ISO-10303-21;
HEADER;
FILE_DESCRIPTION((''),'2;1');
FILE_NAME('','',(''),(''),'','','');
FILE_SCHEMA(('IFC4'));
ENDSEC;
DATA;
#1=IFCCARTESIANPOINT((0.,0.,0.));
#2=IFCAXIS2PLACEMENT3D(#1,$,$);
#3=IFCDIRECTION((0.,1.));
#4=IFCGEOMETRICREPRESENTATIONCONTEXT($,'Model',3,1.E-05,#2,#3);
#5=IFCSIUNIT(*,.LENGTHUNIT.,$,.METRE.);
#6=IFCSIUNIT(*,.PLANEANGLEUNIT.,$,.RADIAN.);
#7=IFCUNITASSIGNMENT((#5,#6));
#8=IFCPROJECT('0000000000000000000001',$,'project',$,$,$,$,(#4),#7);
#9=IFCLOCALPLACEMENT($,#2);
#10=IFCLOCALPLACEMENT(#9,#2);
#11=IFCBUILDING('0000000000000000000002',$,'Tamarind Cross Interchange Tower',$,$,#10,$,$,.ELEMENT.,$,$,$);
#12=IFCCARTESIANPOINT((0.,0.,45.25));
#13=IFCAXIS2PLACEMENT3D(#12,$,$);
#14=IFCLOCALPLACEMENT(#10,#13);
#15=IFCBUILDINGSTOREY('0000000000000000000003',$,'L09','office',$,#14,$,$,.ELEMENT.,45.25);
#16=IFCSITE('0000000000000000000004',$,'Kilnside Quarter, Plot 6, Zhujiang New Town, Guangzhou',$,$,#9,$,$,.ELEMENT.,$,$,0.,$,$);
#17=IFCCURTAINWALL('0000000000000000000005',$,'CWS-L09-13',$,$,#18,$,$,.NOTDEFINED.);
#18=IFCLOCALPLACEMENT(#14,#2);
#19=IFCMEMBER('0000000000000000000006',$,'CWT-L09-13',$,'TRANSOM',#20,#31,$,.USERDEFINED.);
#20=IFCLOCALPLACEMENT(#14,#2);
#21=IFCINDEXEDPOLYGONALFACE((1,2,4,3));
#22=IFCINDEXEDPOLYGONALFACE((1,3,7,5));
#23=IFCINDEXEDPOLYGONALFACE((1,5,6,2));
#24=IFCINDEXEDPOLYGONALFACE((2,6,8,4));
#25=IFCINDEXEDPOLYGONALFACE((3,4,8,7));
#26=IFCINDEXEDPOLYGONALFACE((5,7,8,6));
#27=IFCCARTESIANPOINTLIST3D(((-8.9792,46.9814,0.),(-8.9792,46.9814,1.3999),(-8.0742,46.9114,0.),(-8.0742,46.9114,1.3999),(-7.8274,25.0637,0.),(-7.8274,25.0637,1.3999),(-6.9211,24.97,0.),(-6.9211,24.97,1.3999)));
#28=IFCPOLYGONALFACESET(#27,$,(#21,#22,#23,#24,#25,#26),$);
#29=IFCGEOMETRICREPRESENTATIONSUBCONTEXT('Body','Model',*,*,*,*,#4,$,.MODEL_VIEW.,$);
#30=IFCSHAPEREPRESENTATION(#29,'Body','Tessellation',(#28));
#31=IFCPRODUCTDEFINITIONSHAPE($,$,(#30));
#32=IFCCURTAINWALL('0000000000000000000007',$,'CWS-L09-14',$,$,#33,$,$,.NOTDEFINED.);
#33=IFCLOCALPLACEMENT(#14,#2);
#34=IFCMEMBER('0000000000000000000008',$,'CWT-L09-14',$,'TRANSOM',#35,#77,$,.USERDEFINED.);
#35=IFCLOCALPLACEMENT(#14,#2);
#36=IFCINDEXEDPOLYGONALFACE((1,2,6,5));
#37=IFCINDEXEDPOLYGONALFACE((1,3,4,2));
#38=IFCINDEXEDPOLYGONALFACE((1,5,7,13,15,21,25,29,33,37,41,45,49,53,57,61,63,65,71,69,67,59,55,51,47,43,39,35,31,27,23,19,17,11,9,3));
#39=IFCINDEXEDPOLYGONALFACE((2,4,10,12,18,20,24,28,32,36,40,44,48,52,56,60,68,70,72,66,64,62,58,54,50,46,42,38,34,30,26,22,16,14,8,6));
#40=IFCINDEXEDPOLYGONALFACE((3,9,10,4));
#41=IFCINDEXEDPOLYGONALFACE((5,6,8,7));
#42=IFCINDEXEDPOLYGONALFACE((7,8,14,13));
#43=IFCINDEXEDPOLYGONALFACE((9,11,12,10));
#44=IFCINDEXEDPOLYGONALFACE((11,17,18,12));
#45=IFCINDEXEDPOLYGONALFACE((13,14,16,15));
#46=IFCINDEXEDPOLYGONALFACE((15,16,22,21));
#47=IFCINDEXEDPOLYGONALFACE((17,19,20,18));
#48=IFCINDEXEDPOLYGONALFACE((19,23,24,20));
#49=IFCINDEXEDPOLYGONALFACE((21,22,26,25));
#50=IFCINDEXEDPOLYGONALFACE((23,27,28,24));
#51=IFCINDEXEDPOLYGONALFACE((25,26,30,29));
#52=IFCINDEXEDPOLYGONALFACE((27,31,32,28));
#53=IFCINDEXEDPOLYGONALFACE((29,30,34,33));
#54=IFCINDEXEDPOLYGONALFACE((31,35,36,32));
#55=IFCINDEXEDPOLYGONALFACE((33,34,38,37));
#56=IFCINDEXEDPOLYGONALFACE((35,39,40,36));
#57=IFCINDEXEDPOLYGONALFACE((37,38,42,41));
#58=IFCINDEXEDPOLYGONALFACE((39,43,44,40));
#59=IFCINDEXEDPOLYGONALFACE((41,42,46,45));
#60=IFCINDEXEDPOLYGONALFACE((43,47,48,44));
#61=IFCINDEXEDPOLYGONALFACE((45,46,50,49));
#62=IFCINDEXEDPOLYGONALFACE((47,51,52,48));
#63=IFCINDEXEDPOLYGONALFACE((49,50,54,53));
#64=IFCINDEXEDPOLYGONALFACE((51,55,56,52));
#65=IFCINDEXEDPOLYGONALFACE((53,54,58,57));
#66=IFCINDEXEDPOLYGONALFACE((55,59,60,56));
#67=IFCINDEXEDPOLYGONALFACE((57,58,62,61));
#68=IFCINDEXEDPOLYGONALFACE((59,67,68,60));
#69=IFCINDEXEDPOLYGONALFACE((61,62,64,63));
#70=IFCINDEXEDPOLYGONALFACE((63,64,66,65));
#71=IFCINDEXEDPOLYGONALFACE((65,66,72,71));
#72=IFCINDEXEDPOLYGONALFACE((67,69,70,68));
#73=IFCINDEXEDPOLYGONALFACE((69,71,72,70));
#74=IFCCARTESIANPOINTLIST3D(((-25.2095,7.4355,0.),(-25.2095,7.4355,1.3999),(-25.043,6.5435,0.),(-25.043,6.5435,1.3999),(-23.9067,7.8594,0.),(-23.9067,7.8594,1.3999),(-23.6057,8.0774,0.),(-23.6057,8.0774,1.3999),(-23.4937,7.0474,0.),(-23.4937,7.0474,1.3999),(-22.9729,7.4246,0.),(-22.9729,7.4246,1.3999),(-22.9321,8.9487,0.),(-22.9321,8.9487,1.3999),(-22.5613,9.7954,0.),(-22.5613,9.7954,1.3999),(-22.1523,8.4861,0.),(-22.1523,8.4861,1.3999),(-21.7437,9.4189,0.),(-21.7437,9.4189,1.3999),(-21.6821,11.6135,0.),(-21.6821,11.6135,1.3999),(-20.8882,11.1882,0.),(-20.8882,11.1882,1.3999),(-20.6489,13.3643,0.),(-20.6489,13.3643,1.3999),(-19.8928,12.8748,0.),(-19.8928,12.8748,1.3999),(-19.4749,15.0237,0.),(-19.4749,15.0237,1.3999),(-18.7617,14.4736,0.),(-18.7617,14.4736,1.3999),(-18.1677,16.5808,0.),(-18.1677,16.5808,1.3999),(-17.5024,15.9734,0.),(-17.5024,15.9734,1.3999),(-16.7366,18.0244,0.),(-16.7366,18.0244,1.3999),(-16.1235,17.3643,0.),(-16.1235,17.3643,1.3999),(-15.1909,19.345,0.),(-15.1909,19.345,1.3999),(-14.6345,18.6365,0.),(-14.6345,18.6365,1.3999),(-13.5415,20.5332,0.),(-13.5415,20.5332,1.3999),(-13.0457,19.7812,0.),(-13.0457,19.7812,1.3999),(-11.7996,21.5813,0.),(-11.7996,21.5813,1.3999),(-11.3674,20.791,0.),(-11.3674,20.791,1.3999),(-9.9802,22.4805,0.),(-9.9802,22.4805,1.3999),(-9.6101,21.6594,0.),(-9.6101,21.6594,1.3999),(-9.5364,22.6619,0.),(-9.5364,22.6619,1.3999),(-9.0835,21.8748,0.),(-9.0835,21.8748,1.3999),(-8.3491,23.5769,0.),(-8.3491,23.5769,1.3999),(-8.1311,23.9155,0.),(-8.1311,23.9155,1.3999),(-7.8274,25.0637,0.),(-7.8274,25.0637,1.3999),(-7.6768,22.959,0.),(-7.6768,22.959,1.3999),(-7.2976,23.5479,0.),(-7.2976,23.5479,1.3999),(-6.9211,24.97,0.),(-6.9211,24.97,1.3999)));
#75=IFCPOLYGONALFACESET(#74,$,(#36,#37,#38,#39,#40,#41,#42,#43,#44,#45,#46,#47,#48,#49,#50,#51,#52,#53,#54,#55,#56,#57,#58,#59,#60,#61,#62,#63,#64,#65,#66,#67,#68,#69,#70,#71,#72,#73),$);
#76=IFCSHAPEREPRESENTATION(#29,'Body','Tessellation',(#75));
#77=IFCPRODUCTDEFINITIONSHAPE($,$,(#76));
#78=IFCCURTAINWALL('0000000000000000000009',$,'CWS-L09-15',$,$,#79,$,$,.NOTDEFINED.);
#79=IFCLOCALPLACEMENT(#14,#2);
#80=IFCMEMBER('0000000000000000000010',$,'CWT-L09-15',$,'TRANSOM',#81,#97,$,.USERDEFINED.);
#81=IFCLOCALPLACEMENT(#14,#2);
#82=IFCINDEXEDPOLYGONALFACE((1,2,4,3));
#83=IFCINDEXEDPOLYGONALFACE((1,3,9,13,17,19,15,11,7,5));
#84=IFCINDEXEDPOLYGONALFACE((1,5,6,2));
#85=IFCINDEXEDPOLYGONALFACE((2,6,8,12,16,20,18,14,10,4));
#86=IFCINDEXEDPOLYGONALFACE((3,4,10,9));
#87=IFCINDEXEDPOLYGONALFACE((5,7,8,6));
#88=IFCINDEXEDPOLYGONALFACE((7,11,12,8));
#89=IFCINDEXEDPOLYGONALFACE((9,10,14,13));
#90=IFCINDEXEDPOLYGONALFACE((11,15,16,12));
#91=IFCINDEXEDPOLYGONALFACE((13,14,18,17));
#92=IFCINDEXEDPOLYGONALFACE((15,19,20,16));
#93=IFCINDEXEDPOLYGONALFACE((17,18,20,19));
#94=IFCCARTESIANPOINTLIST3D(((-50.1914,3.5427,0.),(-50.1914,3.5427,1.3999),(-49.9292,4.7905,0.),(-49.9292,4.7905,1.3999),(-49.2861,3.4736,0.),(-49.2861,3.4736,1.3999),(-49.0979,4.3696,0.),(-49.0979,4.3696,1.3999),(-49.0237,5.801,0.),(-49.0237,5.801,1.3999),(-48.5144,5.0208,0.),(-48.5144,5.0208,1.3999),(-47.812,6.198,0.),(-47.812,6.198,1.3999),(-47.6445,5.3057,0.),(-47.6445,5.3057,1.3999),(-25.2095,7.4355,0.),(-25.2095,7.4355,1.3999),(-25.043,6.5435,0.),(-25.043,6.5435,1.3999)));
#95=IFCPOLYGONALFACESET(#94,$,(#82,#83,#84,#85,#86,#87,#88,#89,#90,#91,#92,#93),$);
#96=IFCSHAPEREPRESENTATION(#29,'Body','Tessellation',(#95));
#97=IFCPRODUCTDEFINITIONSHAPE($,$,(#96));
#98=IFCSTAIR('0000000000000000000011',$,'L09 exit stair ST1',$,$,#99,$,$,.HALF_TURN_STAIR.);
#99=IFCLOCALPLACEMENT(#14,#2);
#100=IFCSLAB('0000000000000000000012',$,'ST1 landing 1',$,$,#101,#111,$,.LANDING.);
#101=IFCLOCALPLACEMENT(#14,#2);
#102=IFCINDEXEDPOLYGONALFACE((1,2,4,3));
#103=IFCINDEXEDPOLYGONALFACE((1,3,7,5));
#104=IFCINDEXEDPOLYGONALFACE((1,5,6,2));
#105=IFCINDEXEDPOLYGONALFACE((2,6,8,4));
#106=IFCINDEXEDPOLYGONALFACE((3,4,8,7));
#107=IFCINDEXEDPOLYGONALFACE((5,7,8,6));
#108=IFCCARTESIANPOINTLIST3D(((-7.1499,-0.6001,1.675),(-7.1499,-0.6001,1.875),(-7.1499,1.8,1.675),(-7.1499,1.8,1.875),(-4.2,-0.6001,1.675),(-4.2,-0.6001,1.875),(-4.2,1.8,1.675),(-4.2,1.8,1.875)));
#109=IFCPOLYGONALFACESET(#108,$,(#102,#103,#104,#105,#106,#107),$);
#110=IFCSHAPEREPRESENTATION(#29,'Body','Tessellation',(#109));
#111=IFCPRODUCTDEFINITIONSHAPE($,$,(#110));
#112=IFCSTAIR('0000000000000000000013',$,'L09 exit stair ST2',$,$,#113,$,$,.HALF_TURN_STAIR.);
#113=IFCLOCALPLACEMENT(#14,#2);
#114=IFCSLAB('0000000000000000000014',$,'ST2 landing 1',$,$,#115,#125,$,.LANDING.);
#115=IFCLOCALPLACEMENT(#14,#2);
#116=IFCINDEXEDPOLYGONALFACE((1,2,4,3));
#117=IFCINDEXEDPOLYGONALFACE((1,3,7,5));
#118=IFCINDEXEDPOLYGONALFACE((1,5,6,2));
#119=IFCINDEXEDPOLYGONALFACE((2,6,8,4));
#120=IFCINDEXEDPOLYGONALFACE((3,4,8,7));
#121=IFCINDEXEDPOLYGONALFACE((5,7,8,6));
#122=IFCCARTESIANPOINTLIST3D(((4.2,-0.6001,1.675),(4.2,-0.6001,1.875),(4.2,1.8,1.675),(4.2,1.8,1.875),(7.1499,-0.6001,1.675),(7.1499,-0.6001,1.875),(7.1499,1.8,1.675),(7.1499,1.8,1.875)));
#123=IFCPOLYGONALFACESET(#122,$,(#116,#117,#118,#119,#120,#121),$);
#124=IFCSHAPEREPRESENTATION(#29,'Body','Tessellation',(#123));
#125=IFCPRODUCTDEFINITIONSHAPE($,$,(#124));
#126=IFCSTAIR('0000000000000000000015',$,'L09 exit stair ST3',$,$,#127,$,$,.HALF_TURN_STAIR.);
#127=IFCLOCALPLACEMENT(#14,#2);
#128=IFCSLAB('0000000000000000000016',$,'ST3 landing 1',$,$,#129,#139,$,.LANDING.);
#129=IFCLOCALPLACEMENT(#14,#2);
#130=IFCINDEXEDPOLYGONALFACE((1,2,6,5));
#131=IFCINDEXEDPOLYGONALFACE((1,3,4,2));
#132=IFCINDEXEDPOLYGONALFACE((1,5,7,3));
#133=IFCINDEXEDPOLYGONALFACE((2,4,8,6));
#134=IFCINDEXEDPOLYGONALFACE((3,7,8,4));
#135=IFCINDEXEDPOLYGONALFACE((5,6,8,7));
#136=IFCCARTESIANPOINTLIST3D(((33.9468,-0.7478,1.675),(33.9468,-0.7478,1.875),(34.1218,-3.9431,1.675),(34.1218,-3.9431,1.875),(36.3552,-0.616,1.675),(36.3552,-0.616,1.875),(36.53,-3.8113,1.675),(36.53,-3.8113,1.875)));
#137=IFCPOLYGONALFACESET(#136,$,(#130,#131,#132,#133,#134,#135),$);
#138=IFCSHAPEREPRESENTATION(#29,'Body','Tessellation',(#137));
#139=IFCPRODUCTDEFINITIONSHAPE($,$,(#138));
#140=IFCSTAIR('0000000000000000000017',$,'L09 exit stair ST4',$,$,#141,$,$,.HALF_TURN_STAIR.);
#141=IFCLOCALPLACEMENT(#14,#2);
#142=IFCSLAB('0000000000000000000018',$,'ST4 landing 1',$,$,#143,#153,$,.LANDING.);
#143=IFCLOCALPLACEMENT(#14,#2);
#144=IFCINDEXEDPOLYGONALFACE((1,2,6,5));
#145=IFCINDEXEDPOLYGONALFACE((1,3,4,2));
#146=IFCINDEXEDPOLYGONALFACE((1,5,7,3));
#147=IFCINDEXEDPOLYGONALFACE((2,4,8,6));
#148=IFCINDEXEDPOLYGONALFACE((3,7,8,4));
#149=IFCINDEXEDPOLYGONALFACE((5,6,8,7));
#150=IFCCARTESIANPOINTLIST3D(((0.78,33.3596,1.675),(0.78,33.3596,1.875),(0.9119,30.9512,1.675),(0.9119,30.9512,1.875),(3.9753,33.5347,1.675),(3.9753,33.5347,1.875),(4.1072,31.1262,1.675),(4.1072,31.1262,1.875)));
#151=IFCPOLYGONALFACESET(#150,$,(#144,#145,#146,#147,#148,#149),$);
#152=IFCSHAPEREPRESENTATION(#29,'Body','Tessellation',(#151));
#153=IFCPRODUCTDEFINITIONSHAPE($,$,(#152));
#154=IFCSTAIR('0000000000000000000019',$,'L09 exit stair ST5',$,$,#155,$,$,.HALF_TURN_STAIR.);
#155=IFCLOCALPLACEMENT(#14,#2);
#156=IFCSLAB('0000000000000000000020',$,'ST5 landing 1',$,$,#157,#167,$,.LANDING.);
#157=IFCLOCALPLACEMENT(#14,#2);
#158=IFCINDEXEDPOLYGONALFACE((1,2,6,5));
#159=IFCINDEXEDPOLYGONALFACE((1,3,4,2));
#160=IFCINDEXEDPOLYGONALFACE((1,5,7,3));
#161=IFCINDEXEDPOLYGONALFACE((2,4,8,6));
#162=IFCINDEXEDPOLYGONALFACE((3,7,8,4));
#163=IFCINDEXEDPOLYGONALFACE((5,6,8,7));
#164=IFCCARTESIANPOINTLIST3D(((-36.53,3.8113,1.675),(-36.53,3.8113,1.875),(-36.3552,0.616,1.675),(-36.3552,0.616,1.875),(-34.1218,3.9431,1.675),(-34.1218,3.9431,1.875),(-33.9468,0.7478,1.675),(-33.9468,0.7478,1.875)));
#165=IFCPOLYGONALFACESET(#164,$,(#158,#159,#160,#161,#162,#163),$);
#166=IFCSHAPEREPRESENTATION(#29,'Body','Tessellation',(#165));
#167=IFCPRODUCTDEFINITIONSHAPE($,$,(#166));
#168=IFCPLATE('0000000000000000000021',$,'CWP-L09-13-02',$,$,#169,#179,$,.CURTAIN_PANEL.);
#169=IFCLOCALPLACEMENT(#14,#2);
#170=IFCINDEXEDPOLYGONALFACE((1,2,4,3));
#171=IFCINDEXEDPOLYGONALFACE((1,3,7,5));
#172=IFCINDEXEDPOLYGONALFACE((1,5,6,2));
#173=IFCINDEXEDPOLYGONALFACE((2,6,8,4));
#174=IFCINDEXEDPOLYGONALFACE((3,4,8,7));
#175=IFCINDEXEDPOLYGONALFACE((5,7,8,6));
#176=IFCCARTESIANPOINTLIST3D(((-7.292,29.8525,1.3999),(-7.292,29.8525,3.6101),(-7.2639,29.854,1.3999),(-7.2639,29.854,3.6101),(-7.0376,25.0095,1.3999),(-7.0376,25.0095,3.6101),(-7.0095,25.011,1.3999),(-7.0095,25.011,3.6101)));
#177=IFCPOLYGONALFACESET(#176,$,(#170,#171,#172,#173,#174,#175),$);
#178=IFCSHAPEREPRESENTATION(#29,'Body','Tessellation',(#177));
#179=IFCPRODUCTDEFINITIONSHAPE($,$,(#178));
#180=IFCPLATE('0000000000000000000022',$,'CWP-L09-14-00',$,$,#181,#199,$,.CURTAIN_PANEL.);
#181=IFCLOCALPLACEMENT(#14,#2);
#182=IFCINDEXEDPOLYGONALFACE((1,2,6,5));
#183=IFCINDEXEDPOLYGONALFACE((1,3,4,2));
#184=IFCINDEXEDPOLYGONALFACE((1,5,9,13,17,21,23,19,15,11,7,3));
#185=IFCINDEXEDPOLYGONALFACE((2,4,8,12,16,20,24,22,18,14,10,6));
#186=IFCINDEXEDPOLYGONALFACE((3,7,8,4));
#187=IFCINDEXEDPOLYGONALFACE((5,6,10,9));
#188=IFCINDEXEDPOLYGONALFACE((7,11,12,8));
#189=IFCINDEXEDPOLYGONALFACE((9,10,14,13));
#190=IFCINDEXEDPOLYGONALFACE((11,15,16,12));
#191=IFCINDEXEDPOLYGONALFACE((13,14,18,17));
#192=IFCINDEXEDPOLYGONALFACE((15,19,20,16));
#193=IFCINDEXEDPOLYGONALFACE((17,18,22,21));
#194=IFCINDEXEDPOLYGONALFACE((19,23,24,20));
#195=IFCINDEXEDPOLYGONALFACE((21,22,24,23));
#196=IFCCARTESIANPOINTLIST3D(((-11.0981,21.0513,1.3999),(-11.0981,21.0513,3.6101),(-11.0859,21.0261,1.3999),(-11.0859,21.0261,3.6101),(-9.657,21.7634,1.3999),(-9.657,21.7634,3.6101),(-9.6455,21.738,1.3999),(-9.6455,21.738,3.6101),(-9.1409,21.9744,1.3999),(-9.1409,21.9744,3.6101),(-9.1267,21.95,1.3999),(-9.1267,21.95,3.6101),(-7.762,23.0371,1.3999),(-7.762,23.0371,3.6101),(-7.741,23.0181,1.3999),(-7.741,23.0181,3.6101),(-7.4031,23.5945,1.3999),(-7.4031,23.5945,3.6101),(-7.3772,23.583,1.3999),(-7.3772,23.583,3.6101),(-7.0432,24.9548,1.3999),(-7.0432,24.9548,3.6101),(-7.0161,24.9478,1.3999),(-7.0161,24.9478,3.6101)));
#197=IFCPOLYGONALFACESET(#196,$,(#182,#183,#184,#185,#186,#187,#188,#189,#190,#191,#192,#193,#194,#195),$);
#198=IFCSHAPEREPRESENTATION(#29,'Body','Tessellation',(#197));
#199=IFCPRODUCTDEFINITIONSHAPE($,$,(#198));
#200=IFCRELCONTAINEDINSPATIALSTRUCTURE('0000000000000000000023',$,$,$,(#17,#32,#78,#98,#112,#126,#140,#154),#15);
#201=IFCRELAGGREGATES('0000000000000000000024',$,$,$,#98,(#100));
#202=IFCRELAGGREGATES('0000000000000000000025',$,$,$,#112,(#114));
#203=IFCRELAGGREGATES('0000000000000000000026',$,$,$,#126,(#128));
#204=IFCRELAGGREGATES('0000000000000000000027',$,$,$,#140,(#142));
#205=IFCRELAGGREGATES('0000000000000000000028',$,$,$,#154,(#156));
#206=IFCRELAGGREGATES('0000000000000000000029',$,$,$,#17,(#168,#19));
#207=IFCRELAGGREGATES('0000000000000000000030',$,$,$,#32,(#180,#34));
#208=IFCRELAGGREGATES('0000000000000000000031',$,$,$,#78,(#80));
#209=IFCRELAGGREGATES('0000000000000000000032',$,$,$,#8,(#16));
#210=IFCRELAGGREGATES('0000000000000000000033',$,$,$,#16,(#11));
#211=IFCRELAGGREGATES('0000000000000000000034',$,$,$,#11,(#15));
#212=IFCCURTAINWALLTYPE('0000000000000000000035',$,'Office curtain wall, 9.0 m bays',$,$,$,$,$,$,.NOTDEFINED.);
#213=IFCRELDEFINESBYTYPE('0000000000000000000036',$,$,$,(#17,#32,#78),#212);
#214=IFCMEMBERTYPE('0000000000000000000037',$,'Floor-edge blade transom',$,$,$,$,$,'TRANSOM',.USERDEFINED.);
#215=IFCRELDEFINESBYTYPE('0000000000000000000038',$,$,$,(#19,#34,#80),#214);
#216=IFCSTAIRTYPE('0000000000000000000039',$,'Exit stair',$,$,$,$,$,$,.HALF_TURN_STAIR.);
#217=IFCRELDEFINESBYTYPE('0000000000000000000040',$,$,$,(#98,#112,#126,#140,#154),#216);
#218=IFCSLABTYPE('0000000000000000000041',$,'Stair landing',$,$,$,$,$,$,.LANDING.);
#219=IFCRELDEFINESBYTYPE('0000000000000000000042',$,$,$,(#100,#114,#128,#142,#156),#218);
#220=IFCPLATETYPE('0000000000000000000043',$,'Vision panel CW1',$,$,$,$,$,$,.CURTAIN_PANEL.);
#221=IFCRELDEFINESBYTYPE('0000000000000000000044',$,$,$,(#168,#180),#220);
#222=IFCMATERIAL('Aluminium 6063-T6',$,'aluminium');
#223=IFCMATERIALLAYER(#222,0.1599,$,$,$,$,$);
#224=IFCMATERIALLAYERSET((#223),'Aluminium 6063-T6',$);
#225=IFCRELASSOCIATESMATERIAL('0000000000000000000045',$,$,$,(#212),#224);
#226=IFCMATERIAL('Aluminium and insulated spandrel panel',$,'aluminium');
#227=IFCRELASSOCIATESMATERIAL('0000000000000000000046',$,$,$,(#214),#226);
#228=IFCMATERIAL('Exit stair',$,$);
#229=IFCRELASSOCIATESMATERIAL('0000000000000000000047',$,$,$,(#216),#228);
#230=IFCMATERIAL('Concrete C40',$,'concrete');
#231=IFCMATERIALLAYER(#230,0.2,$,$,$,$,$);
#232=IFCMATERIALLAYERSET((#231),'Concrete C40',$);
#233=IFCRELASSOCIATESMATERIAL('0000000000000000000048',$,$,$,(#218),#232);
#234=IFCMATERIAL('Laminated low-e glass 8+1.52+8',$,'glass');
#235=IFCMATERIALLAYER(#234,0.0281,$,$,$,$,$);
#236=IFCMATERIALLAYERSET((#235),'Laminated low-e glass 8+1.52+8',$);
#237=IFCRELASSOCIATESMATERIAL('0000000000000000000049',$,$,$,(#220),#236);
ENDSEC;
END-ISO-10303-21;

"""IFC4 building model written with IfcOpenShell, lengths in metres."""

from ifc_helpers import new_model, si_unit, direction, frame, origin, place, context, subcontext, project, spatial, polyline, outline, extrude, material, layer, layer_set, type_object, element, aggregate, save


model = new_model("IFC4")

# Units and contexts
model_context = context("Model", 3, precision=1e-05, world=origin(), true_north=direction((0.0, 1.0)))
body_context = subcontext(model_context, "Body", "Model", "MODEL_VIEW")
ifc_project = project(units=[si_unit("LENGTHUNIT", "METRE"), si_unit("PLANEANGLEUNIT", "RADIAN")], contexts=[model_context])

# Site, building, storey
site_placement = place(None, origin())
site = spatial("IfcSite", under=ifc_project, at=site_placement, Name="Kilnside Quarter, Plot 6, Zhujiang New Town, Guangzhou", CompositionType="ELEMENT", RefElevation=0.0)
building_placement = place(site_placement, origin())
building = spatial("IfcBuilding", under=site, at=building_placement, Name="Tamarind Cross Interchange Tower", CompositionType="ELEMENT")
storey_placement = place(building_placement, frame((0.0, 0.0, 45.25)))
storey = spatial("IfcBuildingStorey", under=building, at=storey_placement, Name="L09", Description="office", CompositionType="ELEMENT", Elevation=45.25)

# Curtain walls, members
ifc_material_1 = material(Name="Aluminium 6063-T6", Category="aluminium")
ifc_layer_1 = layer(ifc_material_1, 0.1599)
ifc_layer_set_1 = layer_set([ifc_layer_1], Name="Aluminium 6063-T6")
curtain_wall_type = type_object("IfcCurtainWallType", Name="Office curtain wall, 9.0 m bays", PredefinedType="NOTDEFINED", material=ifc_layer_set_1)
curtain_wall_1_placement = place(storey_placement, origin())
curtain_wall_1 = element("IfcCurtainWall", 1, at=curtain_wall_1_placement, inside=storey, type_object=curtain_wall_type, Name="CWS-L09-13", PredefinedType="NOTDEFINED")
ifc_material_2 = material(Name="Aluminium and insulated spandrel panel", Category="aluminium")
member_type = type_object("IfcMemberType", Name="Floor-edge blade transom", ElementType="TRANSOM", PredefinedType="USERDEFINED", material=ifc_material_2)
member_1_placement = place(storey_placement, origin())
member_1 = element("IfcMember", 2, at=member_1_placement, type_object=member_type, Name="CWT-L09-13", ObjectType="TRANSOM", PredefinedType="USERDEFINED", context=body_context, shape_type="SweptSolid", body=[
    extrude(outline(polyline([(-8.0742, 46.9114), (-6.9211, 24.97), (-7.8274, 25.0637), (-8.9792, 46.9814), (-8.0742, 46.9114)])), origin(), (0.0, 0.0, 1.0), 1.3999),
])
curtain_wall_2_placement = place(storey_placement, origin())
curtain_wall_2 = element("IfcCurtainWall", 3, at=curtain_wall_2_placement, inside=storey, type_object=curtain_wall_type, Name="CWS-L09-14", PredefinedType="NOTDEFINED")
member_2_placement = place(storey_placement, origin())
member_2 = element("IfcMember", 4, at=member_2_placement, type_object=member_type, Name="CWT-L09-14", ObjectType="TRANSOM", PredefinedType="USERDEFINED", context=body_context, shape_type="SweptSolid", body=[
    extrude(outline(polyline([(-6.9211, 24.97), (-7.2976, 23.5479), (-7.6768, 22.959), (-9.0835, 21.8748), (-9.6101, 21.6594), (-11.3674, 20.791), (-13.0457, 19.7812), (-14.6345, 18.6365), (-16.1235, 17.3643), (-17.5024, 15.9734), (-18.7617, 14.4736), (-19.8928, 12.8748), (-20.8882, 11.1882), (-21.7437, 9.4189), (-22.1523, 8.4861), (-22.9729, 7.4246), (-23.4937, 7.0474), (-25.043, 6.5435), (-25.2095, 7.4355), (-23.9067, 7.8594), (-23.6057, 8.0774), (-22.9321, 8.9487), (-22.5613, 9.7954), (-21.6821, 11.6135), (-20.6489, 13.3643), (-19.4749, 15.0237), (-18.1677, 16.5808), (-16.7366, 18.0244), (-15.1909, 19.345), (-13.5415, 20.5332), (-11.7996, 21.5813), (-9.9802, 22.4805), (-9.5364, 22.6619), (-8.3491, 23.5769), (-8.1311, 23.9155), (-7.8274, 25.0637), (-6.9211, 24.97)])), origin(), (0.0, 0.0, 1.0), 1.3999),
])
curtain_wall_3_placement = place(storey_placement, origin())
curtain_wall_3 = element("IfcCurtainWall", 5, at=curtain_wall_3_placement, inside=storey, type_object=curtain_wall_type, Name="CWS-L09-15", PredefinedType="NOTDEFINED")
member_3_placement = place(storey_placement, origin())
member_3 = element("IfcMember", 6, at=member_3_placement, type_object=member_type, Name="CWT-L09-15", ObjectType="TRANSOM", PredefinedType="USERDEFINED", context=body_context, shape_type="SweptSolid", body=[
    extrude(outline(polyline([(-25.043, 6.5435), (-47.6445, 5.3057), (-48.5144, 5.0208), (-49.0979, 4.3696), (-49.2861, 3.4736), (-50.1914, 3.5427), (-49.9292, 4.7905), (-49.0237, 5.801), (-47.812, 6.198), (-25.2095, 7.4355), (-25.043, 6.5435)])), origin(), (0.0, 0.0, 1.0), 1.3999),
])

# Stairs, slabs
ifc_material_3 = material(Name="Exit stair")
stair_type = type_object("IfcStairType", Name="Exit stair", PredefinedType="HALF_TURN_STAIR", material=ifc_material_3)
stair_1_placement = place(storey_placement, origin())
stair_1 = element("IfcStair", 7, at=stair_1_placement, inside=storey, type_object=stair_type, Name="L09 exit stair ST1", PredefinedType="HALF_TURN_STAIR")
ifc_material_4 = material(Name="Concrete C40", Category="concrete")
ifc_layer_2 = layer(ifc_material_4, 0.2)
ifc_layer_set_2 = layer_set([ifc_layer_2], Name="Concrete C40")
slab_type = type_object("IfcSlabType", Name="Stair landing", PredefinedType="LANDING", material=ifc_layer_set_2)
slab_1_placement = place(storey_placement, frame((0.0, 0.0, 1.675)))
slab_1 = element("IfcSlab", 8, at=slab_1_placement, type_object=slab_type, Name="ST1 landing 1", PredefinedType="LANDING", context=body_context, shape_type="SweptSolid", body=[
    extrude(outline(polyline([(-4.2, -0.6001), (-4.2, 1.8), (-7.1499, 1.8), (-7.1499, -0.6001), (-4.2, -0.6001)])), origin(), (0.0, 0.0, 1.0), 0.2),
])
aggregate(stair_1, [slab_1])
stair_2_placement = place(storey_placement, origin())
stair_2 = element("IfcStair", 9, at=stair_2_placement, inside=storey, type_object=stair_type, Name="L09 exit stair ST2", PredefinedType="HALF_TURN_STAIR")
slab_2_placement = place(storey_placement, frame((0.0, 0.0, 1.675)))
slab_2 = element("IfcSlab", 10, at=slab_2_placement, type_object=slab_type, Name="ST2 landing 1", PredefinedType="LANDING", context=body_context, shape_type="SweptSolid", body=[
    extrude(outline(polyline([(7.1499, -0.6001), (7.1499, 1.8), (4.2, 1.8), (4.2, -0.6001), (7.1499, -0.6001)])), origin(), (0.0, 0.0, 1.0), 0.2),
])
aggregate(stair_2, [slab_2])
stair_3_placement = place(storey_placement, origin())
stair_3 = element("IfcStair", 11, at=stair_3_placement, inside=storey, type_object=stair_type, Name="L09 exit stair ST3", PredefinedType="HALF_TURN_STAIR")
slab_3_placement = place(storey_placement, frame((0.0, 0.0, 1.675)))
slab_3 = element("IfcSlab", 12, at=slab_3_placement, type_object=slab_type, Name="ST3 landing 1", PredefinedType="LANDING", context=body_context, shape_type="SweptSolid", body=[
    extrude(outline(polyline([(34.1218, -3.9431), (36.53, -3.8113), (36.3552, -0.616), (33.9468, -0.7478), (34.1218, -3.9431)])), origin(), (0.0, 0.0, 1.0), 0.2),
])
aggregate(stair_3, [slab_3])
stair_4_placement = place(storey_placement, origin())
stair_4 = element("IfcStair", 13, at=stair_4_placement, inside=storey, type_object=stair_type, Name="L09 exit stair ST4", PredefinedType="HALF_TURN_STAIR")
slab_4_placement = place(storey_placement, frame((0.0, 0.0, 1.675)))
slab_4 = element("IfcSlab", 14, at=slab_4_placement, type_object=slab_type, Name="ST4 landing 1", PredefinedType="LANDING", context=body_context, shape_type="SweptSolid", body=[
    extrude(outline(polyline([(4.1072, 31.1262), (3.9753, 33.5347), (0.78, 33.3596), (0.9119, 30.9512), (4.1072, 31.1262)])), origin(), (0.0, 0.0, 1.0), 0.2),
])
aggregate(stair_4, [slab_4])
stair_5_placement = place(storey_placement, origin())
stair_5 = element("IfcStair", 15, at=stair_5_placement, inside=storey, type_object=stair_type, Name="L09 exit stair ST5", PredefinedType="HALF_TURN_STAIR")
slab_5_placement = place(storey_placement, frame((0.0, 0.0, 1.675)))
slab_5 = element("IfcSlab", 16, at=slab_5_placement, type_object=slab_type, Name="ST5 landing 1", PredefinedType="LANDING", context=body_context, shape_type="SweptSolid", body=[
    extrude(outline(polyline([(-34.1218, 3.9431), (-36.53, 3.8113), (-36.3552, 0.616), (-33.9468, 0.7478), (-34.1218, 3.9431)])), origin(), (0.0, 0.0, 1.0), 0.2),
])
aggregate(stair_5, [slab_5])

# Plates
ifc_material_5 = material(Name="Laminated low-e glass 8+1.52+8", Category="glass")
ifc_layer_3 = layer(ifc_material_5, 0.0281)
ifc_layer_set_3 = layer_set([ifc_layer_3], Name="Laminated low-e glass 8+1.52+8")
plate_type = type_object("IfcPlateType", Name="Vision panel CW1", PredefinedType="CURTAIN_PANEL", material=ifc_layer_set_3)
plate_1_placement = place(storey_placement, frame((0.0, 0.0, 1.3999)))
plate_1 = element("IfcPlate", 17, at=plate_1_placement, type_object=plate_type, Name="CWP-L09-13-02", PredefinedType="CURTAIN_PANEL", context=body_context, shape_type="SweptSolid", body=[
    extrude(outline(polyline([(-7.2639, 29.854), (-7.0095, 25.011), (-7.0376, 25.0095), (-7.292, 29.8525), (-7.2639, 29.854)])), origin(), (0.0, 0.0, 1.0), 2.2102),
])
aggregate(curtain_wall_1, [plate_1, member_1])
plate_2_placement = place(storey_placement, frame((0.0, 0.0, 1.3999)))
plate_2 = element("IfcPlate", 18, at=plate_2_placement, type_object=plate_type, Name="CWP-L09-14-00", PredefinedType="CURTAIN_PANEL", context=body_context, shape_type="SweptSolid", body=[
    extrude(outline(polyline([(-7.0161, 24.9478), (-7.3772, 23.583), (-7.741, 23.0181), (-9.1267, 21.95), (-9.6455, 21.738), (-11.0859, 21.0261), (-11.0981, 21.0513), (-9.657, 21.7634), (-9.1409, 21.9744), (-7.762, 23.0371), (-7.4031, 23.5945), (-7.0432, 24.9548), (-7.0161, 24.9478)])), origin(), (0.0, 0.0, 1.0), 2.2102),
])
aggregate(curtain_wall_2, [plate_2, member_2])
aggregate(curtain_wall_3, [member_3])

save(model, "model.ifc")
